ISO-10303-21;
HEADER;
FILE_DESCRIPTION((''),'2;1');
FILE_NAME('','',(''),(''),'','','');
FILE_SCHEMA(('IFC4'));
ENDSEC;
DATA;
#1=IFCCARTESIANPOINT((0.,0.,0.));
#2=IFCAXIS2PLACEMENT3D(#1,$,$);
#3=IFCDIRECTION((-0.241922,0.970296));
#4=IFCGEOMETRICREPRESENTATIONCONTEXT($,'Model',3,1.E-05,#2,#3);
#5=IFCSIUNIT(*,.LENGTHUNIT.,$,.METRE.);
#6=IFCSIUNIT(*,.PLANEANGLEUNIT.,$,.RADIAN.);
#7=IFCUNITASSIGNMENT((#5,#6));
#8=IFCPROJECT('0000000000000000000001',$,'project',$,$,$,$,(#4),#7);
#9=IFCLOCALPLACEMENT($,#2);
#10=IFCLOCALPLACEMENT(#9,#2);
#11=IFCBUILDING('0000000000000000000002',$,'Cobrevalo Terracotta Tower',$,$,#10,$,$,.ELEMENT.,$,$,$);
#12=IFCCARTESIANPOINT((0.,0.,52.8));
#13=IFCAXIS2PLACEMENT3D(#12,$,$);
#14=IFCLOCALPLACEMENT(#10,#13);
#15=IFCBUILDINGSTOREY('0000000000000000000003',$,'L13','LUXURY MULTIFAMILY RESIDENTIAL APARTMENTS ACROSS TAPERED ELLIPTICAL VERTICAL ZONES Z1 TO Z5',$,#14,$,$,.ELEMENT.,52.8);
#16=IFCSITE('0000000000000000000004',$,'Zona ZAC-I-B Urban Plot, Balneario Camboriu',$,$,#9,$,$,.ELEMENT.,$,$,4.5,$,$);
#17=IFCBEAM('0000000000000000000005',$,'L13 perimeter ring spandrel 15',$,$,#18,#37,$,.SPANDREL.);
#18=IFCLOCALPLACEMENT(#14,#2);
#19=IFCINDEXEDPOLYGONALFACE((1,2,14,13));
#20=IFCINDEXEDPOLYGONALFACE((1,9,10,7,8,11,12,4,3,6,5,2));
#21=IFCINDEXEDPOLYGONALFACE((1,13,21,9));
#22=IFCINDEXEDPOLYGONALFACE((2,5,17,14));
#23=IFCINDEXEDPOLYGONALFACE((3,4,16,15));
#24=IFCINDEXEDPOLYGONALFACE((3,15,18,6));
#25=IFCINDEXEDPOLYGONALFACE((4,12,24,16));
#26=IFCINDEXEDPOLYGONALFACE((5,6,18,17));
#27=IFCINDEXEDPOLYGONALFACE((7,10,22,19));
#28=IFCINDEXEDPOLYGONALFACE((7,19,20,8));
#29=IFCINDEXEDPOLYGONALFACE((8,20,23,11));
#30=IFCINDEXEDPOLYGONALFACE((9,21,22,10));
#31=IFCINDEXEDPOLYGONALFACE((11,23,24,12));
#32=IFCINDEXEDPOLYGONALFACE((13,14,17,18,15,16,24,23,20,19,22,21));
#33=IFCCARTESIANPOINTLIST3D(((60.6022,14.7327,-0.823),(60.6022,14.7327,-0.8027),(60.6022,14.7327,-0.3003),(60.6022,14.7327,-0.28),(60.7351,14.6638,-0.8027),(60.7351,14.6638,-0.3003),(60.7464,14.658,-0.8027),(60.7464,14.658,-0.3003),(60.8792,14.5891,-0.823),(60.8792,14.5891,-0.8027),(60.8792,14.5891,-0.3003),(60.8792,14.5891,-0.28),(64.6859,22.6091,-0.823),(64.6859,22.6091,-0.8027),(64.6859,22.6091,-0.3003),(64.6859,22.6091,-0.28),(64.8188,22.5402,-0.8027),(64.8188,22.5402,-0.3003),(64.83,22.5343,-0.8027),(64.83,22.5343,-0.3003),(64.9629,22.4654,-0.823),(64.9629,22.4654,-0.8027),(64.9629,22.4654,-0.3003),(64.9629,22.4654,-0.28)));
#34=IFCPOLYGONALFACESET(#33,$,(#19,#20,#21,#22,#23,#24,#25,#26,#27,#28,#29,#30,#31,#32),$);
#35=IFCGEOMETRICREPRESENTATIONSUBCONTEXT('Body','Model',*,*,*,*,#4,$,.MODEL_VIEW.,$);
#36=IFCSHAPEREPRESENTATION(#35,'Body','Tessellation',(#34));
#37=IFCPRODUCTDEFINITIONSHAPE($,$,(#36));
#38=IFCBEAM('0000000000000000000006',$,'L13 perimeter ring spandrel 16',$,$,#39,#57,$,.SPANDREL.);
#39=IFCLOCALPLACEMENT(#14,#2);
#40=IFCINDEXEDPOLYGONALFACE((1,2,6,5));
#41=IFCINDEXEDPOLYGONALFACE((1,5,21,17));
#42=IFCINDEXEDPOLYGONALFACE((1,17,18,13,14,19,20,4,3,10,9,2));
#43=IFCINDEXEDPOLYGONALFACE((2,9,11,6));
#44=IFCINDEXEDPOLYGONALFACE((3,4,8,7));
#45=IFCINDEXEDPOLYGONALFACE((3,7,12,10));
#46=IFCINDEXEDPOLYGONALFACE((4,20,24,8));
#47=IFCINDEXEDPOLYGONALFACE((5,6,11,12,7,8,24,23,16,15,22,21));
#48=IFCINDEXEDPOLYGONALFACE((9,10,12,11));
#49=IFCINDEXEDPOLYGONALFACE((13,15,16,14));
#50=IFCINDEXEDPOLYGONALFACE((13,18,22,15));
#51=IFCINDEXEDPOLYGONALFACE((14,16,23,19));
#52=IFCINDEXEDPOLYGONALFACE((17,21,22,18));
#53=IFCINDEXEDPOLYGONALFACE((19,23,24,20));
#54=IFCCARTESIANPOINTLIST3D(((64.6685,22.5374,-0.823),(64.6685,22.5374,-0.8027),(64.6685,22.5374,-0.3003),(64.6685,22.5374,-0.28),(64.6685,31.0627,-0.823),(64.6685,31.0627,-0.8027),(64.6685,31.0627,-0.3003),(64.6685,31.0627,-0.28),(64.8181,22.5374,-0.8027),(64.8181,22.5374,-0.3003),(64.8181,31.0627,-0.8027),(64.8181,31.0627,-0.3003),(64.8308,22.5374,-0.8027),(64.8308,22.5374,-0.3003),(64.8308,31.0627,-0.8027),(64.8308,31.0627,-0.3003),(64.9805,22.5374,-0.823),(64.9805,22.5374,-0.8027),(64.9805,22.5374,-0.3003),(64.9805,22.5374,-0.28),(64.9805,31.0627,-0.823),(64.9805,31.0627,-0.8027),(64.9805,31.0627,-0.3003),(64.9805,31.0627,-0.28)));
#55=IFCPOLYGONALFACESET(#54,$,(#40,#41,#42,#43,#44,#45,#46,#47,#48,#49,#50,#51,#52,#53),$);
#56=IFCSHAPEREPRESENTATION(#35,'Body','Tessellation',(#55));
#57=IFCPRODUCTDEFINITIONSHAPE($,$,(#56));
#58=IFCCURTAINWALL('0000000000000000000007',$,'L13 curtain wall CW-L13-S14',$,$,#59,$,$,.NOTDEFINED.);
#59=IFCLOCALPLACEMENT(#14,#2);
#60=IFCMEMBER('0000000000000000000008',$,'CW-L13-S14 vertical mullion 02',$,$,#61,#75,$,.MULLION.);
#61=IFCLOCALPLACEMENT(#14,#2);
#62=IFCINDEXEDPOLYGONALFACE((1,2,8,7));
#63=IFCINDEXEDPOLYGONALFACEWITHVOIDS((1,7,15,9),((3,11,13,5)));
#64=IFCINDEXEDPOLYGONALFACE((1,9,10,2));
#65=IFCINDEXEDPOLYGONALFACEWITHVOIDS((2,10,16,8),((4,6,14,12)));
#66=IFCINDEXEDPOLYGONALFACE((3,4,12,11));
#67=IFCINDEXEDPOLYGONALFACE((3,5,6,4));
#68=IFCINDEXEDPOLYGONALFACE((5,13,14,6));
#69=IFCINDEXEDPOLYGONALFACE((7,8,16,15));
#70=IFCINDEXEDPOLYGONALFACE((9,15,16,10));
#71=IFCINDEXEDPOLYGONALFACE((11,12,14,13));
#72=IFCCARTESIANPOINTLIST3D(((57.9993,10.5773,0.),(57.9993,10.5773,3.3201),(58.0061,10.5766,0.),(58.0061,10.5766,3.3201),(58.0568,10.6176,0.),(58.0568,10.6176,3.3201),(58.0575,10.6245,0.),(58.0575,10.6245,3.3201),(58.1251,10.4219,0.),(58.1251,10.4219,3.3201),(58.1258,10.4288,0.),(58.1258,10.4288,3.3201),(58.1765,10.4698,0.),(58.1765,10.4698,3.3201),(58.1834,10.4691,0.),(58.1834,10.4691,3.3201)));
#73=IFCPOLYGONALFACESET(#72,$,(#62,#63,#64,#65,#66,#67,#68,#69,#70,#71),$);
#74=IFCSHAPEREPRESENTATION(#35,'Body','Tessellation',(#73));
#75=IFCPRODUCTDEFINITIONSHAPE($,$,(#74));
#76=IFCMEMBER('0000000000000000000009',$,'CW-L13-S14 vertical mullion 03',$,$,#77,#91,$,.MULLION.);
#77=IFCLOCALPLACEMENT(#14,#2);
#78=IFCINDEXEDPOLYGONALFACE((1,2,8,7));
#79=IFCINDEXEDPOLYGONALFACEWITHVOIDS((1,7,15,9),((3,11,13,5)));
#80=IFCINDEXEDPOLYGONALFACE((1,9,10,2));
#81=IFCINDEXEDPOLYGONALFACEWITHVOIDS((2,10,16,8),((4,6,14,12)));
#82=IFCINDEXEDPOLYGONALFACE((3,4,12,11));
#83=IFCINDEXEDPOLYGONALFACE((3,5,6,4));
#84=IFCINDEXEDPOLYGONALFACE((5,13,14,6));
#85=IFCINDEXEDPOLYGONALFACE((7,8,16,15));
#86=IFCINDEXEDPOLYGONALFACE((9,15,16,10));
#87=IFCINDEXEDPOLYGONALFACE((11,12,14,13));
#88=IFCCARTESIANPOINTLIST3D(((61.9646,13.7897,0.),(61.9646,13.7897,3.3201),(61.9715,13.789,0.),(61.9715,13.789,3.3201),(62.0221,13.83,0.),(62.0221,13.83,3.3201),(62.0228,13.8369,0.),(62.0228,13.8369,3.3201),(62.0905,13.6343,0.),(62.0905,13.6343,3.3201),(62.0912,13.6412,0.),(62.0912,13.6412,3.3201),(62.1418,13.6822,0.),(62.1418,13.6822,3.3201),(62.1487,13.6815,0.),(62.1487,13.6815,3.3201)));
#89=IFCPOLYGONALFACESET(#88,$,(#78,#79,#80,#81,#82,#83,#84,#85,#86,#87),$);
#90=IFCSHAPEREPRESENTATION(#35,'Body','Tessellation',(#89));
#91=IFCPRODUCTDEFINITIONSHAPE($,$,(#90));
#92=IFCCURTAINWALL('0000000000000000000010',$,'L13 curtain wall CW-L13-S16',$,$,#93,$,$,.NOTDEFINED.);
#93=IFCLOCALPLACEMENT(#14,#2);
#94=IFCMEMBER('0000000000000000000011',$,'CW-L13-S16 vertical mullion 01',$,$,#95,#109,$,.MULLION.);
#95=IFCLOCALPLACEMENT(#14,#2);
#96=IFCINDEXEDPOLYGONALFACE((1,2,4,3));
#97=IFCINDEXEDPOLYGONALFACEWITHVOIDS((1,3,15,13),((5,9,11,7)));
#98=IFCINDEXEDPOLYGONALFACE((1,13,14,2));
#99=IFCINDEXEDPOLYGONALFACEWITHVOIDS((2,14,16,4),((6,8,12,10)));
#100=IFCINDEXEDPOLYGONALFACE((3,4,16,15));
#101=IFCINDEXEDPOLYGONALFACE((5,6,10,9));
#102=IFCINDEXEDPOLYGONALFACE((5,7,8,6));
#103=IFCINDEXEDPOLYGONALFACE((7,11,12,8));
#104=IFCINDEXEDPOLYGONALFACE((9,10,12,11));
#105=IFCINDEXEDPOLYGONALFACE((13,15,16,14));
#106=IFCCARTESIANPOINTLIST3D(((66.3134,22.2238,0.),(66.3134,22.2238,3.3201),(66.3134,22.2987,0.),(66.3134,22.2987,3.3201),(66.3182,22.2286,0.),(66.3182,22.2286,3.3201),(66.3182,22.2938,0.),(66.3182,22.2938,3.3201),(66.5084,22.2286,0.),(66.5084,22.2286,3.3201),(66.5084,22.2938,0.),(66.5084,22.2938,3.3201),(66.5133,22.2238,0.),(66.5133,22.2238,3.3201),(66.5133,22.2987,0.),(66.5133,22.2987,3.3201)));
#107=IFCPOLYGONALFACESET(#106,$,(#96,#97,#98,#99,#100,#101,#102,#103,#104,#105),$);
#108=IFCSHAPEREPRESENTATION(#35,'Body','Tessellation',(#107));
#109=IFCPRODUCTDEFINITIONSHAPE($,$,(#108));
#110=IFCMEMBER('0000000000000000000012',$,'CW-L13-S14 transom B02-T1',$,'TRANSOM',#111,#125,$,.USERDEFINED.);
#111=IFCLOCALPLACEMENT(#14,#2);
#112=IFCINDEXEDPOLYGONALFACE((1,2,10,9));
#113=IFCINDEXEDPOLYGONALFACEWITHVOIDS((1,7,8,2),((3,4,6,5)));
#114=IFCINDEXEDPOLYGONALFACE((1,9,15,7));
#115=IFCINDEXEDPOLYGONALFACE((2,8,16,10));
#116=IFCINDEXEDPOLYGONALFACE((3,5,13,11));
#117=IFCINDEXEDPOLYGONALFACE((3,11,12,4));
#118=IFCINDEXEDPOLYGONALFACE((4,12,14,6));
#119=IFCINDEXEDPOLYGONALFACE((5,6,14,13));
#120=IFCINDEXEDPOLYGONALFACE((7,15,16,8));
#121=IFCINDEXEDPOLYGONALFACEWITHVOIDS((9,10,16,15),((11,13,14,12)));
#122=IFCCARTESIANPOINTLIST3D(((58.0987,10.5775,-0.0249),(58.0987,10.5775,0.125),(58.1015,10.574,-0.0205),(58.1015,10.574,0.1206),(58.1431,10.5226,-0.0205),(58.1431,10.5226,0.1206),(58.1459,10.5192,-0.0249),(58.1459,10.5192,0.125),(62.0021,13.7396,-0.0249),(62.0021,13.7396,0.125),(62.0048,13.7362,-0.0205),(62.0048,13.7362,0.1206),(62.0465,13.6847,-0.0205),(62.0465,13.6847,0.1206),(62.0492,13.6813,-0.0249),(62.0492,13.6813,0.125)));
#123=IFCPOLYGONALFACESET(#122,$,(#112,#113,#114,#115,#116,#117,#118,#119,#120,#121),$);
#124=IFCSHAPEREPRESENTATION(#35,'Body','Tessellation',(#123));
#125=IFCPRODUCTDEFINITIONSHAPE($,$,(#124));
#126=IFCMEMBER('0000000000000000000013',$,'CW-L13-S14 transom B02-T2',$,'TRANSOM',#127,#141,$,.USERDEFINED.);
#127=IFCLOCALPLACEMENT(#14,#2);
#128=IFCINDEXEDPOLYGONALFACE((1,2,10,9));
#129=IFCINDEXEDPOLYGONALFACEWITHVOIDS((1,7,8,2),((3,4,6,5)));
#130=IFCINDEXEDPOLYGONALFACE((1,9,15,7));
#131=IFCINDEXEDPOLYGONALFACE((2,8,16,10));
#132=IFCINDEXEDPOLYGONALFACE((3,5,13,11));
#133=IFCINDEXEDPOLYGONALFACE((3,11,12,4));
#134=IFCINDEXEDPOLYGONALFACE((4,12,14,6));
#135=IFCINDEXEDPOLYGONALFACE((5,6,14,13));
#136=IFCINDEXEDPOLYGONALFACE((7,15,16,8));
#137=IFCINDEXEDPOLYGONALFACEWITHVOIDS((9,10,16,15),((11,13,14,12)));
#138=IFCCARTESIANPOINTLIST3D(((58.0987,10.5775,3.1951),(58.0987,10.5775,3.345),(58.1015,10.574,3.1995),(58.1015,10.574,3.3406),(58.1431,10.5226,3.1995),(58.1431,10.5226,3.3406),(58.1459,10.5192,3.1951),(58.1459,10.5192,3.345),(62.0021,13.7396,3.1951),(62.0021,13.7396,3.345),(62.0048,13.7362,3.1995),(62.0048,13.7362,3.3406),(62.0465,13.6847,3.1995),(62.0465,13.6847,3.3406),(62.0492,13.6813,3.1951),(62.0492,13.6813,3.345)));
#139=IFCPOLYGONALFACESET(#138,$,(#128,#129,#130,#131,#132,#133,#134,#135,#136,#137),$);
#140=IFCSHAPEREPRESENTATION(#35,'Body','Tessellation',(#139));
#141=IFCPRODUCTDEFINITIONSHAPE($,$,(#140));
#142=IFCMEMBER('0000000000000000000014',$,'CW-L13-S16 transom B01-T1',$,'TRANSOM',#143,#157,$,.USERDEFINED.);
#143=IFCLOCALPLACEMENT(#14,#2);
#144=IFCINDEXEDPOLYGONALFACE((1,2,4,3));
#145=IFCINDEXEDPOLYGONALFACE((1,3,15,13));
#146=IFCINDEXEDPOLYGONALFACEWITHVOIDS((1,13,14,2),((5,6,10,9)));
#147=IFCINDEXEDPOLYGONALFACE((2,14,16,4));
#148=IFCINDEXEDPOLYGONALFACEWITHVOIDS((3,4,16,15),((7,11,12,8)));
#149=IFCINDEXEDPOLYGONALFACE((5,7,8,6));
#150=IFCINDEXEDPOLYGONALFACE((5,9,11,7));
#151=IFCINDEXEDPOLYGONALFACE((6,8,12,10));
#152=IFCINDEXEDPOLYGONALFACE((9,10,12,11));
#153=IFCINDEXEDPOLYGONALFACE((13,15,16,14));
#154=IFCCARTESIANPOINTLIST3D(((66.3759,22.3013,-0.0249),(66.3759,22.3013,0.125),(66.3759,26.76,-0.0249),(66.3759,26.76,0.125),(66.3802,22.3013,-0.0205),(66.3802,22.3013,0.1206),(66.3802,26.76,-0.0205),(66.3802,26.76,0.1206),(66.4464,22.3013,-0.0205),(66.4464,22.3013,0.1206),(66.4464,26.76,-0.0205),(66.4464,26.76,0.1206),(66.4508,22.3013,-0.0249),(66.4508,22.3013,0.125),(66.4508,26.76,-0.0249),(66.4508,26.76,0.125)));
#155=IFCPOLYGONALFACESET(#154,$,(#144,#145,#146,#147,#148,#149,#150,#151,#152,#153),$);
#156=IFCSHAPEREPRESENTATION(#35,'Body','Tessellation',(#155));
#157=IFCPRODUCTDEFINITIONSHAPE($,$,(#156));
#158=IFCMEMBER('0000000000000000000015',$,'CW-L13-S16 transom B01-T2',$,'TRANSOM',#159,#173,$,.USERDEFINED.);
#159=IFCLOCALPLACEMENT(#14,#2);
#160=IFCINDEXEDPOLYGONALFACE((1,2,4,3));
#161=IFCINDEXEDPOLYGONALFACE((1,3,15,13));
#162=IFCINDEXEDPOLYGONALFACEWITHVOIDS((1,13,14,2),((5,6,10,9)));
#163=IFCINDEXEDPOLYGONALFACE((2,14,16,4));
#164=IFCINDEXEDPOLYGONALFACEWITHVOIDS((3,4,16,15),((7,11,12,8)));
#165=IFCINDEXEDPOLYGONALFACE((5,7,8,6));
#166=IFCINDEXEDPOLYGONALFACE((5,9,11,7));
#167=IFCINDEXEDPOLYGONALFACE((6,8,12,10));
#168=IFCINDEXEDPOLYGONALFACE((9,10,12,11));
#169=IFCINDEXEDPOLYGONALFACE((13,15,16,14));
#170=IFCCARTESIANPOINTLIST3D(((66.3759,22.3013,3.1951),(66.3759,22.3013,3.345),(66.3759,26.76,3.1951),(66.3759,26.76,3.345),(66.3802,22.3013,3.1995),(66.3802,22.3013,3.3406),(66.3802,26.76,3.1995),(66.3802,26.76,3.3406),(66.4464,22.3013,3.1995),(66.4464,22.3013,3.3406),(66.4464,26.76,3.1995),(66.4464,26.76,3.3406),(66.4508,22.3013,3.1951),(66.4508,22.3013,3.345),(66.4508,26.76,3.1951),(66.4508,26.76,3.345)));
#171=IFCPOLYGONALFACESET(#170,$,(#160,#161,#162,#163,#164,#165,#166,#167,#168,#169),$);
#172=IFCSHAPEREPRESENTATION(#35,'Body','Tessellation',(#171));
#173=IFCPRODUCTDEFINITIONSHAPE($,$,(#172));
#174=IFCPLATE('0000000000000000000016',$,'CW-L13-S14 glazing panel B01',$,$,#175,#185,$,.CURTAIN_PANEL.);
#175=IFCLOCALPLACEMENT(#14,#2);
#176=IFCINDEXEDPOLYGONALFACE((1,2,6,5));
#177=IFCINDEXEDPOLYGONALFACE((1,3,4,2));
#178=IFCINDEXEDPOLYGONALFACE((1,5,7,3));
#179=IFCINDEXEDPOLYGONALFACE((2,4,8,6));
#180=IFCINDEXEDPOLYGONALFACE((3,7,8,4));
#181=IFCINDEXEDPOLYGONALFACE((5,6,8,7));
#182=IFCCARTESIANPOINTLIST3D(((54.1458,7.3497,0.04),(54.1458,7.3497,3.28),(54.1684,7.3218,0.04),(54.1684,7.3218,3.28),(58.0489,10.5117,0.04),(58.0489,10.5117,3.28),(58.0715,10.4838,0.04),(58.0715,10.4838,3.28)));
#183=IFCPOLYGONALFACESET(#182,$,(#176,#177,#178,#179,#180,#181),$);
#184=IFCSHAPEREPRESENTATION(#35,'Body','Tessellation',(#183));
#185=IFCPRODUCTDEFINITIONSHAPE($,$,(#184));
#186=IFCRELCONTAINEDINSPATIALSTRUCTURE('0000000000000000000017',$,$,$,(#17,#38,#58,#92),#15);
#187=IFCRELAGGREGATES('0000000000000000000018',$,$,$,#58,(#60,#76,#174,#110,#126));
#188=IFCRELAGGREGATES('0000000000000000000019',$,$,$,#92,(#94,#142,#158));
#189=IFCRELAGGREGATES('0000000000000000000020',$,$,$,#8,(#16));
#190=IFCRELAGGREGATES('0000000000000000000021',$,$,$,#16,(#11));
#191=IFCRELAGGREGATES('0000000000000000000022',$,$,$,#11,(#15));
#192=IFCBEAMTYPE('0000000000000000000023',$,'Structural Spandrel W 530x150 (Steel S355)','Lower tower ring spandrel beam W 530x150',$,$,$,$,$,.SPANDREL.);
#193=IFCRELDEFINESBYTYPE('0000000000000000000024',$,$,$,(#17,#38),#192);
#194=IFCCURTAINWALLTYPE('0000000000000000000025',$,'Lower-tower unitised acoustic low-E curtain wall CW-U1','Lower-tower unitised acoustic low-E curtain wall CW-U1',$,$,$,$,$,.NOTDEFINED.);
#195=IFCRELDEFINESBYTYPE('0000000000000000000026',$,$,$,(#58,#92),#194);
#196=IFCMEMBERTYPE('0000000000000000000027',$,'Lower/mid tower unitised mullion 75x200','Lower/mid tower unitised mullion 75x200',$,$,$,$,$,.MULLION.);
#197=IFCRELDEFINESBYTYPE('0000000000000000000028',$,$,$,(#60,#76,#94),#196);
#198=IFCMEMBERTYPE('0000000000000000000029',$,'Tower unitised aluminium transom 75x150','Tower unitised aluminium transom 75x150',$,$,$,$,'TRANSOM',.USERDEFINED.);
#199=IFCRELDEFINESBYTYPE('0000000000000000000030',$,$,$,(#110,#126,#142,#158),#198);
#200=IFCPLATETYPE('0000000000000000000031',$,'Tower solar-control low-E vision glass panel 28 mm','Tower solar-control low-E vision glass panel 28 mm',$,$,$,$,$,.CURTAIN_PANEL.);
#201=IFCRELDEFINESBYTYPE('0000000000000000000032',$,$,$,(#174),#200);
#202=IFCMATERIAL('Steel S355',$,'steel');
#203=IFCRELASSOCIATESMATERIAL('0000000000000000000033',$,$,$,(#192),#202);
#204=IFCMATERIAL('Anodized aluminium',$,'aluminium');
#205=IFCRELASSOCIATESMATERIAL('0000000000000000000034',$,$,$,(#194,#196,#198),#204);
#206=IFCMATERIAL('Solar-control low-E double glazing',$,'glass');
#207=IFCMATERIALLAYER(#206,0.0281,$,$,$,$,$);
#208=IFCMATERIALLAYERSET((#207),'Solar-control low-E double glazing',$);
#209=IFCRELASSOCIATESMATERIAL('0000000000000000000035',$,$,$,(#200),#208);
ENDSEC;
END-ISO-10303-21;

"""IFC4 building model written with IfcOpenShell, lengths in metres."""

from ifc_helpers import new_model, si_unit, direction, frame, origin, origin_2d, place, context, subcontext, project, spatial, rectangle, hollow_rectangle, i_section, extrude, source, transform, mapped, material, layer, layer_set, material_profile, profile_set, type_object, element, aggregate, save


model = new_model("IFC4")

# Units and contexts
model_context = context("Model", 3, precision=1e-05, world=origin(), true_north=direction((-0.241922, 0.970296)))
body_context = subcontext(model_context, "Body", "Model", "MODEL_VIEW")
ifc_project = project(units=[si_unit("LENGTHUNIT", "METRE"), si_unit("PLANEANGLEUNIT", "RADIAN")], contexts=[model_context])

# Site, building, storey
site_placement = place(None, origin())
site = spatial("IfcSite", under=ifc_project, at=site_placement, Name="Zona ZAC-I-B Urban Plot, Balneario Camboriu", CompositionType="ELEMENT", RefElevation=4.5)
building_placement = place(site_placement, origin())
building = spatial("IfcBuilding", under=site, at=building_placement, Name="Cobrevalo Terracotta Tower", CompositionType="ELEMENT")
storey_placement = place(building_placement, frame((0.0, 0.0, 52.8)))
storey = spatial("IfcBuildingStorey", under=building, at=storey_placement, Name="L13", Description="LUXURY MULTIFAMILY RESIDENTIAL APARTMENTS ACROSS TAPERED ELLIPTICAL VERTICAL ZONES Z1 TO Z5", CompositionType="ELEMENT", Elevation=52.8)

# Shared definitions
ifc_material_1 = material(Name="Steel S355", Category="steel")

# Beams
ifc_material_profile_1 = material_profile(ifc_material_1, i_section(OverallWidth=0.312, OverallDepth=0.543, WebThickness=0.0127, FlangeThickness=0.0203, at=origin_2d()), Name="W 530x150")
ifc_profile_set_1 = profile_set([ifc_material_profile_1], Name="Steel S355")
beam_type_1 = type_object("IfcBeamType", Name="Structural Spandrel W 530x150 (Steel S355)", Description="Lower tower ring spandrel beam W 530x150", PredefinedType="SPANDREL", material=ifc_profile_set_1)
beam_1_placement = place(storey_placement, frame((60.7407, 14.6609, -0.5515), z_axis=(0.460286, 0.887771, 0.0), x_axis=(-0.887771, 0.460286, 0.0)))
element("IfcBeam", 1, at=beam_1_placement, inside=storey, type_object=beam_type_1, Name="L13 perimeter ring spandrel 15", PredefinedType="SPANDREL", context=body_context, shape_type="SweptSolid", body=[
    extrude(i_section(OverallWidth=0.312, OverallDepth=0.543, WebThickness=0.0127, FlangeThickness=0.0203, at=origin_2d()), origin(), (0.0, 0.0, 1.0), 8.8721),
])
beam_2_placement = place(storey_placement, frame((64.8245, 22.5374, -0.5515), z_axis=(0.0, 1.0, 0.0), x_axis=(-1.0, 0.0, 0.0)))
element("IfcBeam", 2, at=beam_2_placement, inside=storey, type_object=beam_type_1, Name="L13 perimeter ring spandrel 16", PredefinedType="SPANDREL", context=body_context, shape_type="SweptSolid", body=[
    extrude(i_section(OverallWidth=0.312, OverallDepth=0.543, WebThickness=0.0127, FlangeThickness=0.0203, at=origin_2d()), origin(), (0.0, 0.0, 1.0), 8.5254),
])

# Curtain wall, members
ifc_material_2 = material(Name="Anodized aluminium", Category="aluminium")
curtain_wall_type = type_object("IfcCurtainWallType", Name="Lower-tower unitised acoustic low-E curtain wall CW-U1", Description="Lower-tower unitised acoustic low-E curtain wall CW-U1", PredefinedType="NOTDEFINED", material=ifc_material_2)
curtain_wall_1_placement = place(storey_placement, origin())
curtain_wall_1 = element("IfcCurtainWall", 3, at=curtain_wall_1_placement, inside=storey, type_object=curtain_wall_type, Name="L13 curtain wall CW-L13-S14", PredefinedType="NOTDEFINED")
ifc_material_profile_2 = material_profile(ifc_material_2, hollow_rectangle(XDim=0.075, YDim=0.2, WallThickness=0.0049, at=origin_2d()), Name="CWM 75x200")
ifc_profile_set_2 = profile_set([ifc_material_profile_2], Name="Anodized aluminium")
member_type_1 = type_object("IfcMemberType", Name="Lower/mid tower unitised mullion 75x200", Description="Lower/mid tower unitised mullion 75x200", PredefinedType="MULLION", material=ifc_profile_set_2)
shared_shape_1 = source(origin(), body_context, "Body", "SweptSolid", [
    extrude(hollow_rectangle(XDim=0.075, YDim=0.2, WallThickness=0.0049, at=origin_2d()), origin(), (0.0, 0.0, 1.0), 3.3201),
])
member_1_placement = place(storey_placement, frame((58.0913, 10.5232, 0.0), z_axis=(0.0, 0.0, 1.0), x_axis=(0.777003, 0.629497, 0.0)))
member_1 = element("IfcMember", 4, at=member_1_placement, type_object=member_type_1, Name="CW-L13-S14 vertical mullion 02", PredefinedType="MULLION", context=body_context, shape_type="MappedRepresentation", body=[
    mapped(shared_shape_1, transform((0.0, 0.0, 0.0), scale=1.0)),
])
member_2_placement = place(storey_placement, frame((62.0566, 13.7356, 0.0), z_axis=(0.0, 0.0, 1.0), x_axis=(0.777003, 0.629497, 0.0)))
member_2 = element("IfcMember", 5, at=member_2_placement, type_object=member_type_1, Name="CW-L13-S14 vertical mullion 03", PredefinedType="MULLION", context=body_context, shape_type="MappedRepresentation", body=[
    mapped(shared_shape_1, transform((0.0, 0.0, 0.0), scale=1.0)),
])

# Curtain wall, member
curtain_wall_2_placement = place(storey_placement, origin())
curtain_wall_2 = element("IfcCurtainWall", 6, at=curtain_wall_2_placement, inside=storey, type_object=curtain_wall_type, Name="L13 curtain wall CW-L13-S16", PredefinedType="NOTDEFINED")
member_3_placement = place(storey_placement, frame((66.4133, 22.2612, 0.0), z_axis=(0.0, 0.0, 1.0), x_axis=(0.0, 1.0, 0.0)))
member_3 = element("IfcMember", 7, at=member_3_placement, type_object=member_type_1, Name="CW-L13-S16 vertical mullion 01", PredefinedType="MULLION", context=body_context, shape_type="MappedRepresentation", body=[
    mapped(shared_shape_1, transform((0.0, 0.0, 0.0), scale=1.0)),
])

# Members
ifc_material_profile_3 = material_profile(ifc_material_2, hollow_rectangle(XDim=0.075, YDim=0.1499, WallThickness=0.0044, at=origin_2d()), Name="CWT 75x150")
ifc_profile_set_3 = profile_set([ifc_material_profile_3], Name="Anodized aluminium")
member_type_2 = type_object("IfcMemberType", Name="Tower unitised aluminium transom 75x150", Description="Tower unitised aluminium transom 75x150", ElementType="TRANSOM", PredefinedType="USERDEFINED", material=ifc_profile_set_3)
shared_shape_2 = source(origin(), body_context, "Body", "SweptSolid", [
    extrude(hollow_rectangle(XDim=0.075, YDim=0.1499, WallThickness=0.0044, at=origin_2d()), origin(), (0.0, 0.0, 1.0), 5.0234),
])
member_4_placement = place(storey_placement, frame((58.1223, 10.5483, 0.05), z_axis=(0.777023, 0.629472, 0.0), x_axis=(-0.629472, 0.777023, 0.0)))
member_4 = element("IfcMember", 8, at=member_4_placement, type_object=member_type_2, Name="CW-L13-S14 transom B02-T1", ObjectType="TRANSOM", PredefinedType="USERDEFINED", context=body_context, shape_type="MappedRepresentation", body=[
    mapped(shared_shape_2, transform((0.0, 0.0, 0.0), scale=1.0)),
])
member_5_placement = place(storey_placement, frame((58.1223, 10.5483, 3.27), z_axis=(0.777023, 0.629472, 0.0), x_axis=(-0.629472, 0.777023, 0.0)))
member_5 = element("IfcMember", 9, at=member_5_placement, type_object=member_type_2, Name="CW-L13-S14 transom B02-T2", ObjectType="TRANSOM", PredefinedType="USERDEFINED", context=body_context, shape_type="MappedRepresentation", body=[
    mapped(shared_shape_2, transform((0.0, 0.0, 0.0), scale=1.0)),
])
shared_shape_3 = source(origin(), body_context, "Body", "SweptSolid", [
    extrude(hollow_rectangle(XDim=0.075, YDim=0.1499, WallThickness=0.0044, at=origin_2d()), origin(), (0.0, 0.0, 1.0), 4.4587),
])
member_6_placement = place(storey_placement, frame((66.4133, 22.3013, 0.05), z_axis=(0.0, 1.0, 0.0), x_axis=(-1.0, 0.0, 0.0)))
member_6 = element("IfcMember", 10, at=member_6_placement, type_object=member_type_2, Name="CW-L13-S16 transom B01-T1", ObjectType="TRANSOM", PredefinedType="USERDEFINED", context=body_context, shape_type="MappedRepresentation", body=[
    mapped(shared_shape_3, transform((0.0, 0.0, 0.0), scale=1.0)),
])
member_7_placement = place(storey_placement, frame((66.4133, 22.3013, 3.27), z_axis=(0.0, 1.0, 0.0), x_axis=(-1.0, 0.0, 0.0)))
member_7 = element("IfcMember", 11, at=member_7_placement, type_object=member_type_2, Name="CW-L13-S16 transom B01-T2", ObjectType="TRANSOM", PredefinedType="USERDEFINED", context=body_context, shape_type="MappedRepresentation", body=[
    mapped(shared_shape_3, transform((0.0, 0.0, 0.0), scale=1.0)),
])

# Plate
ifc_material_3 = material(Name="Solar-control low-E double glazing", Category="glass")
ifc_layer_1 = layer(ifc_material_3, 0.0281)
ifc_layer_set_1 = layer_set([ifc_layer_1], Name="Solar-control low-E double glazing")
plate_type = type_object("IfcPlateType", Name="Tower solar-control low-E vision glass panel 28 mm", Description="Tower solar-control low-E vision glass panel 28 mm", PredefinedType="CURTAIN_PANEL", material=ifc_layer_set_1)
shared_shape_4 = source(origin(), body_context, "Body", "SweptSolid", [
    extrude(rectangle(XDim=5.0232, YDim=0.0359, at=origin_2d()), origin(), (0.0, 0.0, 1.0), 3.24),
])
plate_1_placement = place(storey_placement, frame((56.1086, 8.9167, 0.04), z_axis=(0.0, 0.0, 1.0), x_axis=(0.777008, 0.629491, 0.0)))
plate_1 = element("IfcPlate", 12, at=plate_1_placement, type_object=plate_type, Name="CW-L13-S14 glazing panel B01", PredefinedType="CURTAIN_PANEL", context=body_context, shape_type="MappedRepresentation", body=[
    mapped(shared_shape_4, transform((0.0, 0.0, 0.0), scale=1.0)),
])
aggregate(curtain_wall_1, [member_1, member_2, plate_1, member_4, member_5])
aggregate(curtain_wall_2, [member_3, member_6, member_7])

save(model, "model.ifc")
